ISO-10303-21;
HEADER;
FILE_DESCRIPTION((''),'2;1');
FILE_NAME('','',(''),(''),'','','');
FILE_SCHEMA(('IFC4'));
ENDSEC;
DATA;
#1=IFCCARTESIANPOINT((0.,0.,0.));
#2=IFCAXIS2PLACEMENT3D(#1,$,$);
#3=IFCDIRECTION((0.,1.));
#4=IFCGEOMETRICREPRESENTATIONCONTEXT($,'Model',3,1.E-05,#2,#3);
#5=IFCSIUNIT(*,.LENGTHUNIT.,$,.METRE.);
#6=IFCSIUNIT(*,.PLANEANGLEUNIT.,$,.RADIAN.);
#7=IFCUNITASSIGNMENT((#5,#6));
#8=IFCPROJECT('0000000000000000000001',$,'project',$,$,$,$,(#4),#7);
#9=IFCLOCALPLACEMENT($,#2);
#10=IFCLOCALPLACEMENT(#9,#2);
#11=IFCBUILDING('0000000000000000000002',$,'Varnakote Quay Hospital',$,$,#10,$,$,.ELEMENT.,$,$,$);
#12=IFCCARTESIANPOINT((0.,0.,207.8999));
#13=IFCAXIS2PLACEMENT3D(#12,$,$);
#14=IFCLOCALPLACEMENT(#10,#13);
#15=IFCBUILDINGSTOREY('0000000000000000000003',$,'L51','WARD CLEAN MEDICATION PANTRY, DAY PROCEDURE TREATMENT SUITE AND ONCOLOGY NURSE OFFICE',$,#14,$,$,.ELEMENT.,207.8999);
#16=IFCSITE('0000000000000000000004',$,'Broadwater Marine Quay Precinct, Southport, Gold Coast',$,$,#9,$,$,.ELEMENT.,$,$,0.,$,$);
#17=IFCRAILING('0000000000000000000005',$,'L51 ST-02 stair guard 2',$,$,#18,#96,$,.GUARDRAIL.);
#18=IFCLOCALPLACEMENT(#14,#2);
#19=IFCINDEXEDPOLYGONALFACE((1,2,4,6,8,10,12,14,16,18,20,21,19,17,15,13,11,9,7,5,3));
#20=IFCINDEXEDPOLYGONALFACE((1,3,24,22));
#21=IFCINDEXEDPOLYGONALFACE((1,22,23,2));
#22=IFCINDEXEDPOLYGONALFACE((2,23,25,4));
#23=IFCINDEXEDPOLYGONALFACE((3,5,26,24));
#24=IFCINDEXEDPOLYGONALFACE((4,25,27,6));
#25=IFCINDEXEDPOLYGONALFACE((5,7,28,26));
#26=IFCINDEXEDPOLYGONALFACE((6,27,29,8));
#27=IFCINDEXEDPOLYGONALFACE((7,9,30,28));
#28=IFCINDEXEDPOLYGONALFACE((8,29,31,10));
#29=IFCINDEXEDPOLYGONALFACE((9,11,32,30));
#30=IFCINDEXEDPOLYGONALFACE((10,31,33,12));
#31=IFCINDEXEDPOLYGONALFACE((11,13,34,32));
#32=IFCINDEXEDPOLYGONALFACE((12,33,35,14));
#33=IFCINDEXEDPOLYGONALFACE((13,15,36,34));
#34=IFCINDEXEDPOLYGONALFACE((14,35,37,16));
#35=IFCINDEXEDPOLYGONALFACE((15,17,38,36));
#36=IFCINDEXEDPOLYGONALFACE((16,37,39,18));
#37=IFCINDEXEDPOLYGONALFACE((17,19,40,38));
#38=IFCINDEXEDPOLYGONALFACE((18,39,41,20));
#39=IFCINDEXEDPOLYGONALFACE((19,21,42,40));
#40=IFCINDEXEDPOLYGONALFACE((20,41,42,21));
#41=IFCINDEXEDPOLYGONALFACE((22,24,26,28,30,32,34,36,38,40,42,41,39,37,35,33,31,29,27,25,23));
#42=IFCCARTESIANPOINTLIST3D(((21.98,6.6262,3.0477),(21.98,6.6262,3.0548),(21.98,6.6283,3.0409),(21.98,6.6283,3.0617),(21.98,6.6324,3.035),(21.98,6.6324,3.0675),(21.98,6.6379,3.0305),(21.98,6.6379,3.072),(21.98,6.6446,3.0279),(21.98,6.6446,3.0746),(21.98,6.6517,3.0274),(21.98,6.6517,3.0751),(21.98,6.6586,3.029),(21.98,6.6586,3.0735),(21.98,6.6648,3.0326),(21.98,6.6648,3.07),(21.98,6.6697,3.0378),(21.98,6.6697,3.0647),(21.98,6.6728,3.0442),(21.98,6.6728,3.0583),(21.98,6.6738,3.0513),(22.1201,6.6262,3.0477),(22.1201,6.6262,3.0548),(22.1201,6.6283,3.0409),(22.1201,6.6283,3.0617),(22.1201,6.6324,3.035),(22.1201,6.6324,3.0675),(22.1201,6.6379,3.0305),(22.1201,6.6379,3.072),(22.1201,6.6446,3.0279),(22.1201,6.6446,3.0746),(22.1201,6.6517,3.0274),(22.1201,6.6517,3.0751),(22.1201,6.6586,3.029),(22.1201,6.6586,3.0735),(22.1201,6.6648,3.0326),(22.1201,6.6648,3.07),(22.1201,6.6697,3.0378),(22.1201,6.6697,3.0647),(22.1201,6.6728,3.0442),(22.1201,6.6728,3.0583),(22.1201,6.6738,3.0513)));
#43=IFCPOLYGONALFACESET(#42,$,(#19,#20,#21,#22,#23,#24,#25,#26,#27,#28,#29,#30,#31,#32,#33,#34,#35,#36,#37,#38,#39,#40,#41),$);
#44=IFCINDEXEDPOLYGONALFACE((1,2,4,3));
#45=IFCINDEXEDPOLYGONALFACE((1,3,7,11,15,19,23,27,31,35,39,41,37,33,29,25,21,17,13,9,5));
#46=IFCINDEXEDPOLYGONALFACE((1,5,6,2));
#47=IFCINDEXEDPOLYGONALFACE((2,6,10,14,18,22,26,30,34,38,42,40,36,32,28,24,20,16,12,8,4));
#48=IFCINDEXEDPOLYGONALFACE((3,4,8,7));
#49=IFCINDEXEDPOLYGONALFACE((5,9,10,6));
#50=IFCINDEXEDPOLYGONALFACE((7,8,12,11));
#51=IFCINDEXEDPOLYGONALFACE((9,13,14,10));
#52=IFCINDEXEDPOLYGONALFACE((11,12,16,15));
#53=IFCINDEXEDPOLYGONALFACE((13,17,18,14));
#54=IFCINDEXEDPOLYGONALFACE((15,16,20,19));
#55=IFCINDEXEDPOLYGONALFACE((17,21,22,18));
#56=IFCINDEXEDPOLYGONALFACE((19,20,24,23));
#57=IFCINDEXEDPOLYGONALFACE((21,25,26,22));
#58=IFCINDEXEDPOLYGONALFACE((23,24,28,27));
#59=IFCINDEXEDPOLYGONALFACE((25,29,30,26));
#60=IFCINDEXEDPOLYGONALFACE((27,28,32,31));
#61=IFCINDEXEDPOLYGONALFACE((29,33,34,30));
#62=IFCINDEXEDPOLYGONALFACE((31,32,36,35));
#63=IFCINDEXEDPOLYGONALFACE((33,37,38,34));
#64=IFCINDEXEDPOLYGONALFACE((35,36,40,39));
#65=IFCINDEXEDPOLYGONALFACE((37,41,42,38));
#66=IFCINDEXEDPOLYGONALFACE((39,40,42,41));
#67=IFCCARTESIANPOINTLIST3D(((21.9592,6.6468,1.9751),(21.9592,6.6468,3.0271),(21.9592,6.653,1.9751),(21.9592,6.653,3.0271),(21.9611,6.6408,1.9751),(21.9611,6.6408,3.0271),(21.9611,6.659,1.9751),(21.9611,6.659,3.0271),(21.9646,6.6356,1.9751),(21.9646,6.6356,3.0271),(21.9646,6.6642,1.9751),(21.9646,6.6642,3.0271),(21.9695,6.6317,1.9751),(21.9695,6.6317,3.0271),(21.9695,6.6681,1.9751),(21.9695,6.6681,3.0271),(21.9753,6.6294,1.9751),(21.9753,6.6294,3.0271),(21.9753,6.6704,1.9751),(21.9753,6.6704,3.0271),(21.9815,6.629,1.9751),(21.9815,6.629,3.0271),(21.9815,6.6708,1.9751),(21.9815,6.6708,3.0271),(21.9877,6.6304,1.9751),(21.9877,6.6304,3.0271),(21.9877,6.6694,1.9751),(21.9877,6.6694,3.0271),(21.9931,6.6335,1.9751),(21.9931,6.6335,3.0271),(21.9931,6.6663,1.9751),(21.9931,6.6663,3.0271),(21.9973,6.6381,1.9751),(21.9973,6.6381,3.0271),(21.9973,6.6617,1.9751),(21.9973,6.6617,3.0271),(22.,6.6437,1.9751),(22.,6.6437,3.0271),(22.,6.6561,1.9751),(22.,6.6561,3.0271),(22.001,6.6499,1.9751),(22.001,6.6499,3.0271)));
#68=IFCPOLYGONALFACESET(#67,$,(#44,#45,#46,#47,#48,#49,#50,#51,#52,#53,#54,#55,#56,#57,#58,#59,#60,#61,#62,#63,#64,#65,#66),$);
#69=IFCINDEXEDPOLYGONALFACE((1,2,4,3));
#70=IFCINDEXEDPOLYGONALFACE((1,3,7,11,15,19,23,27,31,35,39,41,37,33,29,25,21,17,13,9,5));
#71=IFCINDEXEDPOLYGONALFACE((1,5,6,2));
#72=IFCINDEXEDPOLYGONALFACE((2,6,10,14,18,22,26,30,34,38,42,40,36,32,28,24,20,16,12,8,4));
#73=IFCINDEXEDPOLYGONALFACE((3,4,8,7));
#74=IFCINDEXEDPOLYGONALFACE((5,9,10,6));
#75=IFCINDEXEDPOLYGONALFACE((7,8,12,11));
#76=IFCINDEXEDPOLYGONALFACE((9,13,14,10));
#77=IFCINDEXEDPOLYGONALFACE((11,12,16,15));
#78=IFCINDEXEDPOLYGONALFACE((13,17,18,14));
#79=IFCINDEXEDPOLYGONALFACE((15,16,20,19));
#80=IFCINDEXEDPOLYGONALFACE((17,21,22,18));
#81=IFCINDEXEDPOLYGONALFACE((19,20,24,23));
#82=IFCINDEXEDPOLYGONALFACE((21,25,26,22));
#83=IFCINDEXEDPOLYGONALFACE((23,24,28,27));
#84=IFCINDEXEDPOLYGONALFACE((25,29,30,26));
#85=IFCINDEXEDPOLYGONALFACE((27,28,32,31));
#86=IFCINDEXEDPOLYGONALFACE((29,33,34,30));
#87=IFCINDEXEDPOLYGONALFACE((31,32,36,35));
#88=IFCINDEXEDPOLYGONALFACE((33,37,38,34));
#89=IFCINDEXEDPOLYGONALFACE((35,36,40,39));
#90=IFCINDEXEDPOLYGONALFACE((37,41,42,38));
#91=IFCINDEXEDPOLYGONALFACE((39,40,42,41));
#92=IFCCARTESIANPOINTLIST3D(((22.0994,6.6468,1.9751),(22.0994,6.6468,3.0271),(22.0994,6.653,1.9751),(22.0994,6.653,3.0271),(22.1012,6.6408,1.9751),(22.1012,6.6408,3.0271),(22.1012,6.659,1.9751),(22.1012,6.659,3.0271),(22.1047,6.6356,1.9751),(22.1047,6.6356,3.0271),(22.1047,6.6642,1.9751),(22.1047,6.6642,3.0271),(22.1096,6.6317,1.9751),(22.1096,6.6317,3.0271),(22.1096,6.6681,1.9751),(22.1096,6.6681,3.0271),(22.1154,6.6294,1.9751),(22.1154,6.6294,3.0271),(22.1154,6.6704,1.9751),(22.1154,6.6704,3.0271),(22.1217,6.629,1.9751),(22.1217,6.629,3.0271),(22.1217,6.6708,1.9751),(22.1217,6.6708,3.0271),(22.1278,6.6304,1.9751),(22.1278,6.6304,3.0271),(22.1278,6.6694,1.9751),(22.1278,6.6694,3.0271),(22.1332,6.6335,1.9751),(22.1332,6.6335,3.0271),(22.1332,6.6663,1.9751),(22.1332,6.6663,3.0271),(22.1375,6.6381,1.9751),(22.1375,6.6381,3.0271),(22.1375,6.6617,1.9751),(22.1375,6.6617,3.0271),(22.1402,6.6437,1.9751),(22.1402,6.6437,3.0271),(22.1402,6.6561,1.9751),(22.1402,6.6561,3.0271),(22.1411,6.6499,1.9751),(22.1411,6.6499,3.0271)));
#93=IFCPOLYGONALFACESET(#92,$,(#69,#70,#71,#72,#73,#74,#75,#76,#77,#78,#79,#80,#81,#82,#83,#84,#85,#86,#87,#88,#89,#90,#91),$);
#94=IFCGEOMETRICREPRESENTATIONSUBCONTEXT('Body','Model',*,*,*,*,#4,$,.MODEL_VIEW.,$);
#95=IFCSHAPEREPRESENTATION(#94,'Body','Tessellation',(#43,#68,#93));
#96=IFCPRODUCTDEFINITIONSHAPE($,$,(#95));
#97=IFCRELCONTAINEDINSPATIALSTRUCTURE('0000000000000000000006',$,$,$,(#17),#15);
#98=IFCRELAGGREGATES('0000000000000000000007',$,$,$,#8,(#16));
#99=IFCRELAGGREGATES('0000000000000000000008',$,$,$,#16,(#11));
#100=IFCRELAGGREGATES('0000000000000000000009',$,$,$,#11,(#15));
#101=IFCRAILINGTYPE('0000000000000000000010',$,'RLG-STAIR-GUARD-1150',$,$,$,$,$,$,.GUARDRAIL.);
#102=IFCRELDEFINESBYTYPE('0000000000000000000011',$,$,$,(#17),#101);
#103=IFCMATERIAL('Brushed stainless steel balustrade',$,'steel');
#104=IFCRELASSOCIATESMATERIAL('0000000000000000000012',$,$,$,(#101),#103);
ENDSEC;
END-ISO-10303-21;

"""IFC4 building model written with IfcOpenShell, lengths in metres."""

from ifc_helpers import new_model, si_unit, direction, frame, origin, origin_2d, place, context, subcontext, project, spatial, circle, extrude, material, type_object, element, save


model = new_model("IFC4")

# Units and contexts
model_context = context("Model", 3, precision=1e-05, world=origin(), true_north=direction((0.0, 1.0)))
body_context = subcontext(model_context, "Body", "Model", "MODEL_VIEW")
ifc_project = project(units=[si_unit("LENGTHUNIT", "METRE"), si_unit("PLANEANGLEUNIT", "RADIAN")], contexts=[model_context])

# Site, building, storey
site_placement = place(None, origin())
site = spatial("IfcSite", under=ifc_project, at=site_placement, Name="Broadwater Marine Quay Precinct, Southport, Gold Coast", CompositionType="ELEMENT", RefElevation=0.0)
building_placement = place(site_placement, origin())
building = spatial("IfcBuilding", under=site, at=building_placement, Name="Varnakote Quay Hospital", CompositionType="ELEMENT")
storey_placement = place(building_placement, frame((0.0, 0.0, 207.8999)))
storey = spatial("IfcBuildingStorey", under=building, at=storey_placement, Name="L51", Description="WARD CLEAN MEDICATION PANTRY, DAY PROCEDURE TREATMENT SUITE AND ONCOLOGY NURSE OFFICE", CompositionType="ELEMENT", Elevation=207.8999)

# Railing
ifc_material_1 = material(Name="Brushed stainless steel balustrade", Category="steel")
railing_type_1 = type_object("IfcRailingType", Name="RLG-STAIR-GUARD-1150", PredefinedType="GUARDRAIL", material=ifc_material_1)
railing_1_placement = place(storey_placement, frame((21.98, 6.6499, 1.9751)))
element("IfcRailing", 1, at=railing_1_placement, inside=storey, type_object=railing_type_1, Name="L51 ST-02 stair guard 2", PredefinedType="GUARDRAIL", context=body_context, shape_type="SweptSolid", body=[
    extrude(circle(Radius=0.0239, at=origin_2d()), frame((0.0, 0.0, 1.0762), z_axis=(1.0, 0.0, 0.0), x_axis=(0.0, 1.0, 0.0)), (0.0, 0.0, 1.0), 0.1401),
    extrude(circle(Radius=0.021, at=origin_2d()), origin(), (0.0, 0.0, 1.0), 1.052),
    extrude(circle(Radius=0.021, at=origin_2d()), frame((0.1401, 0.0, 0.0)), (0.0, 0.0, 1.0), 1.052),
])

save(model, "model.ifc")
